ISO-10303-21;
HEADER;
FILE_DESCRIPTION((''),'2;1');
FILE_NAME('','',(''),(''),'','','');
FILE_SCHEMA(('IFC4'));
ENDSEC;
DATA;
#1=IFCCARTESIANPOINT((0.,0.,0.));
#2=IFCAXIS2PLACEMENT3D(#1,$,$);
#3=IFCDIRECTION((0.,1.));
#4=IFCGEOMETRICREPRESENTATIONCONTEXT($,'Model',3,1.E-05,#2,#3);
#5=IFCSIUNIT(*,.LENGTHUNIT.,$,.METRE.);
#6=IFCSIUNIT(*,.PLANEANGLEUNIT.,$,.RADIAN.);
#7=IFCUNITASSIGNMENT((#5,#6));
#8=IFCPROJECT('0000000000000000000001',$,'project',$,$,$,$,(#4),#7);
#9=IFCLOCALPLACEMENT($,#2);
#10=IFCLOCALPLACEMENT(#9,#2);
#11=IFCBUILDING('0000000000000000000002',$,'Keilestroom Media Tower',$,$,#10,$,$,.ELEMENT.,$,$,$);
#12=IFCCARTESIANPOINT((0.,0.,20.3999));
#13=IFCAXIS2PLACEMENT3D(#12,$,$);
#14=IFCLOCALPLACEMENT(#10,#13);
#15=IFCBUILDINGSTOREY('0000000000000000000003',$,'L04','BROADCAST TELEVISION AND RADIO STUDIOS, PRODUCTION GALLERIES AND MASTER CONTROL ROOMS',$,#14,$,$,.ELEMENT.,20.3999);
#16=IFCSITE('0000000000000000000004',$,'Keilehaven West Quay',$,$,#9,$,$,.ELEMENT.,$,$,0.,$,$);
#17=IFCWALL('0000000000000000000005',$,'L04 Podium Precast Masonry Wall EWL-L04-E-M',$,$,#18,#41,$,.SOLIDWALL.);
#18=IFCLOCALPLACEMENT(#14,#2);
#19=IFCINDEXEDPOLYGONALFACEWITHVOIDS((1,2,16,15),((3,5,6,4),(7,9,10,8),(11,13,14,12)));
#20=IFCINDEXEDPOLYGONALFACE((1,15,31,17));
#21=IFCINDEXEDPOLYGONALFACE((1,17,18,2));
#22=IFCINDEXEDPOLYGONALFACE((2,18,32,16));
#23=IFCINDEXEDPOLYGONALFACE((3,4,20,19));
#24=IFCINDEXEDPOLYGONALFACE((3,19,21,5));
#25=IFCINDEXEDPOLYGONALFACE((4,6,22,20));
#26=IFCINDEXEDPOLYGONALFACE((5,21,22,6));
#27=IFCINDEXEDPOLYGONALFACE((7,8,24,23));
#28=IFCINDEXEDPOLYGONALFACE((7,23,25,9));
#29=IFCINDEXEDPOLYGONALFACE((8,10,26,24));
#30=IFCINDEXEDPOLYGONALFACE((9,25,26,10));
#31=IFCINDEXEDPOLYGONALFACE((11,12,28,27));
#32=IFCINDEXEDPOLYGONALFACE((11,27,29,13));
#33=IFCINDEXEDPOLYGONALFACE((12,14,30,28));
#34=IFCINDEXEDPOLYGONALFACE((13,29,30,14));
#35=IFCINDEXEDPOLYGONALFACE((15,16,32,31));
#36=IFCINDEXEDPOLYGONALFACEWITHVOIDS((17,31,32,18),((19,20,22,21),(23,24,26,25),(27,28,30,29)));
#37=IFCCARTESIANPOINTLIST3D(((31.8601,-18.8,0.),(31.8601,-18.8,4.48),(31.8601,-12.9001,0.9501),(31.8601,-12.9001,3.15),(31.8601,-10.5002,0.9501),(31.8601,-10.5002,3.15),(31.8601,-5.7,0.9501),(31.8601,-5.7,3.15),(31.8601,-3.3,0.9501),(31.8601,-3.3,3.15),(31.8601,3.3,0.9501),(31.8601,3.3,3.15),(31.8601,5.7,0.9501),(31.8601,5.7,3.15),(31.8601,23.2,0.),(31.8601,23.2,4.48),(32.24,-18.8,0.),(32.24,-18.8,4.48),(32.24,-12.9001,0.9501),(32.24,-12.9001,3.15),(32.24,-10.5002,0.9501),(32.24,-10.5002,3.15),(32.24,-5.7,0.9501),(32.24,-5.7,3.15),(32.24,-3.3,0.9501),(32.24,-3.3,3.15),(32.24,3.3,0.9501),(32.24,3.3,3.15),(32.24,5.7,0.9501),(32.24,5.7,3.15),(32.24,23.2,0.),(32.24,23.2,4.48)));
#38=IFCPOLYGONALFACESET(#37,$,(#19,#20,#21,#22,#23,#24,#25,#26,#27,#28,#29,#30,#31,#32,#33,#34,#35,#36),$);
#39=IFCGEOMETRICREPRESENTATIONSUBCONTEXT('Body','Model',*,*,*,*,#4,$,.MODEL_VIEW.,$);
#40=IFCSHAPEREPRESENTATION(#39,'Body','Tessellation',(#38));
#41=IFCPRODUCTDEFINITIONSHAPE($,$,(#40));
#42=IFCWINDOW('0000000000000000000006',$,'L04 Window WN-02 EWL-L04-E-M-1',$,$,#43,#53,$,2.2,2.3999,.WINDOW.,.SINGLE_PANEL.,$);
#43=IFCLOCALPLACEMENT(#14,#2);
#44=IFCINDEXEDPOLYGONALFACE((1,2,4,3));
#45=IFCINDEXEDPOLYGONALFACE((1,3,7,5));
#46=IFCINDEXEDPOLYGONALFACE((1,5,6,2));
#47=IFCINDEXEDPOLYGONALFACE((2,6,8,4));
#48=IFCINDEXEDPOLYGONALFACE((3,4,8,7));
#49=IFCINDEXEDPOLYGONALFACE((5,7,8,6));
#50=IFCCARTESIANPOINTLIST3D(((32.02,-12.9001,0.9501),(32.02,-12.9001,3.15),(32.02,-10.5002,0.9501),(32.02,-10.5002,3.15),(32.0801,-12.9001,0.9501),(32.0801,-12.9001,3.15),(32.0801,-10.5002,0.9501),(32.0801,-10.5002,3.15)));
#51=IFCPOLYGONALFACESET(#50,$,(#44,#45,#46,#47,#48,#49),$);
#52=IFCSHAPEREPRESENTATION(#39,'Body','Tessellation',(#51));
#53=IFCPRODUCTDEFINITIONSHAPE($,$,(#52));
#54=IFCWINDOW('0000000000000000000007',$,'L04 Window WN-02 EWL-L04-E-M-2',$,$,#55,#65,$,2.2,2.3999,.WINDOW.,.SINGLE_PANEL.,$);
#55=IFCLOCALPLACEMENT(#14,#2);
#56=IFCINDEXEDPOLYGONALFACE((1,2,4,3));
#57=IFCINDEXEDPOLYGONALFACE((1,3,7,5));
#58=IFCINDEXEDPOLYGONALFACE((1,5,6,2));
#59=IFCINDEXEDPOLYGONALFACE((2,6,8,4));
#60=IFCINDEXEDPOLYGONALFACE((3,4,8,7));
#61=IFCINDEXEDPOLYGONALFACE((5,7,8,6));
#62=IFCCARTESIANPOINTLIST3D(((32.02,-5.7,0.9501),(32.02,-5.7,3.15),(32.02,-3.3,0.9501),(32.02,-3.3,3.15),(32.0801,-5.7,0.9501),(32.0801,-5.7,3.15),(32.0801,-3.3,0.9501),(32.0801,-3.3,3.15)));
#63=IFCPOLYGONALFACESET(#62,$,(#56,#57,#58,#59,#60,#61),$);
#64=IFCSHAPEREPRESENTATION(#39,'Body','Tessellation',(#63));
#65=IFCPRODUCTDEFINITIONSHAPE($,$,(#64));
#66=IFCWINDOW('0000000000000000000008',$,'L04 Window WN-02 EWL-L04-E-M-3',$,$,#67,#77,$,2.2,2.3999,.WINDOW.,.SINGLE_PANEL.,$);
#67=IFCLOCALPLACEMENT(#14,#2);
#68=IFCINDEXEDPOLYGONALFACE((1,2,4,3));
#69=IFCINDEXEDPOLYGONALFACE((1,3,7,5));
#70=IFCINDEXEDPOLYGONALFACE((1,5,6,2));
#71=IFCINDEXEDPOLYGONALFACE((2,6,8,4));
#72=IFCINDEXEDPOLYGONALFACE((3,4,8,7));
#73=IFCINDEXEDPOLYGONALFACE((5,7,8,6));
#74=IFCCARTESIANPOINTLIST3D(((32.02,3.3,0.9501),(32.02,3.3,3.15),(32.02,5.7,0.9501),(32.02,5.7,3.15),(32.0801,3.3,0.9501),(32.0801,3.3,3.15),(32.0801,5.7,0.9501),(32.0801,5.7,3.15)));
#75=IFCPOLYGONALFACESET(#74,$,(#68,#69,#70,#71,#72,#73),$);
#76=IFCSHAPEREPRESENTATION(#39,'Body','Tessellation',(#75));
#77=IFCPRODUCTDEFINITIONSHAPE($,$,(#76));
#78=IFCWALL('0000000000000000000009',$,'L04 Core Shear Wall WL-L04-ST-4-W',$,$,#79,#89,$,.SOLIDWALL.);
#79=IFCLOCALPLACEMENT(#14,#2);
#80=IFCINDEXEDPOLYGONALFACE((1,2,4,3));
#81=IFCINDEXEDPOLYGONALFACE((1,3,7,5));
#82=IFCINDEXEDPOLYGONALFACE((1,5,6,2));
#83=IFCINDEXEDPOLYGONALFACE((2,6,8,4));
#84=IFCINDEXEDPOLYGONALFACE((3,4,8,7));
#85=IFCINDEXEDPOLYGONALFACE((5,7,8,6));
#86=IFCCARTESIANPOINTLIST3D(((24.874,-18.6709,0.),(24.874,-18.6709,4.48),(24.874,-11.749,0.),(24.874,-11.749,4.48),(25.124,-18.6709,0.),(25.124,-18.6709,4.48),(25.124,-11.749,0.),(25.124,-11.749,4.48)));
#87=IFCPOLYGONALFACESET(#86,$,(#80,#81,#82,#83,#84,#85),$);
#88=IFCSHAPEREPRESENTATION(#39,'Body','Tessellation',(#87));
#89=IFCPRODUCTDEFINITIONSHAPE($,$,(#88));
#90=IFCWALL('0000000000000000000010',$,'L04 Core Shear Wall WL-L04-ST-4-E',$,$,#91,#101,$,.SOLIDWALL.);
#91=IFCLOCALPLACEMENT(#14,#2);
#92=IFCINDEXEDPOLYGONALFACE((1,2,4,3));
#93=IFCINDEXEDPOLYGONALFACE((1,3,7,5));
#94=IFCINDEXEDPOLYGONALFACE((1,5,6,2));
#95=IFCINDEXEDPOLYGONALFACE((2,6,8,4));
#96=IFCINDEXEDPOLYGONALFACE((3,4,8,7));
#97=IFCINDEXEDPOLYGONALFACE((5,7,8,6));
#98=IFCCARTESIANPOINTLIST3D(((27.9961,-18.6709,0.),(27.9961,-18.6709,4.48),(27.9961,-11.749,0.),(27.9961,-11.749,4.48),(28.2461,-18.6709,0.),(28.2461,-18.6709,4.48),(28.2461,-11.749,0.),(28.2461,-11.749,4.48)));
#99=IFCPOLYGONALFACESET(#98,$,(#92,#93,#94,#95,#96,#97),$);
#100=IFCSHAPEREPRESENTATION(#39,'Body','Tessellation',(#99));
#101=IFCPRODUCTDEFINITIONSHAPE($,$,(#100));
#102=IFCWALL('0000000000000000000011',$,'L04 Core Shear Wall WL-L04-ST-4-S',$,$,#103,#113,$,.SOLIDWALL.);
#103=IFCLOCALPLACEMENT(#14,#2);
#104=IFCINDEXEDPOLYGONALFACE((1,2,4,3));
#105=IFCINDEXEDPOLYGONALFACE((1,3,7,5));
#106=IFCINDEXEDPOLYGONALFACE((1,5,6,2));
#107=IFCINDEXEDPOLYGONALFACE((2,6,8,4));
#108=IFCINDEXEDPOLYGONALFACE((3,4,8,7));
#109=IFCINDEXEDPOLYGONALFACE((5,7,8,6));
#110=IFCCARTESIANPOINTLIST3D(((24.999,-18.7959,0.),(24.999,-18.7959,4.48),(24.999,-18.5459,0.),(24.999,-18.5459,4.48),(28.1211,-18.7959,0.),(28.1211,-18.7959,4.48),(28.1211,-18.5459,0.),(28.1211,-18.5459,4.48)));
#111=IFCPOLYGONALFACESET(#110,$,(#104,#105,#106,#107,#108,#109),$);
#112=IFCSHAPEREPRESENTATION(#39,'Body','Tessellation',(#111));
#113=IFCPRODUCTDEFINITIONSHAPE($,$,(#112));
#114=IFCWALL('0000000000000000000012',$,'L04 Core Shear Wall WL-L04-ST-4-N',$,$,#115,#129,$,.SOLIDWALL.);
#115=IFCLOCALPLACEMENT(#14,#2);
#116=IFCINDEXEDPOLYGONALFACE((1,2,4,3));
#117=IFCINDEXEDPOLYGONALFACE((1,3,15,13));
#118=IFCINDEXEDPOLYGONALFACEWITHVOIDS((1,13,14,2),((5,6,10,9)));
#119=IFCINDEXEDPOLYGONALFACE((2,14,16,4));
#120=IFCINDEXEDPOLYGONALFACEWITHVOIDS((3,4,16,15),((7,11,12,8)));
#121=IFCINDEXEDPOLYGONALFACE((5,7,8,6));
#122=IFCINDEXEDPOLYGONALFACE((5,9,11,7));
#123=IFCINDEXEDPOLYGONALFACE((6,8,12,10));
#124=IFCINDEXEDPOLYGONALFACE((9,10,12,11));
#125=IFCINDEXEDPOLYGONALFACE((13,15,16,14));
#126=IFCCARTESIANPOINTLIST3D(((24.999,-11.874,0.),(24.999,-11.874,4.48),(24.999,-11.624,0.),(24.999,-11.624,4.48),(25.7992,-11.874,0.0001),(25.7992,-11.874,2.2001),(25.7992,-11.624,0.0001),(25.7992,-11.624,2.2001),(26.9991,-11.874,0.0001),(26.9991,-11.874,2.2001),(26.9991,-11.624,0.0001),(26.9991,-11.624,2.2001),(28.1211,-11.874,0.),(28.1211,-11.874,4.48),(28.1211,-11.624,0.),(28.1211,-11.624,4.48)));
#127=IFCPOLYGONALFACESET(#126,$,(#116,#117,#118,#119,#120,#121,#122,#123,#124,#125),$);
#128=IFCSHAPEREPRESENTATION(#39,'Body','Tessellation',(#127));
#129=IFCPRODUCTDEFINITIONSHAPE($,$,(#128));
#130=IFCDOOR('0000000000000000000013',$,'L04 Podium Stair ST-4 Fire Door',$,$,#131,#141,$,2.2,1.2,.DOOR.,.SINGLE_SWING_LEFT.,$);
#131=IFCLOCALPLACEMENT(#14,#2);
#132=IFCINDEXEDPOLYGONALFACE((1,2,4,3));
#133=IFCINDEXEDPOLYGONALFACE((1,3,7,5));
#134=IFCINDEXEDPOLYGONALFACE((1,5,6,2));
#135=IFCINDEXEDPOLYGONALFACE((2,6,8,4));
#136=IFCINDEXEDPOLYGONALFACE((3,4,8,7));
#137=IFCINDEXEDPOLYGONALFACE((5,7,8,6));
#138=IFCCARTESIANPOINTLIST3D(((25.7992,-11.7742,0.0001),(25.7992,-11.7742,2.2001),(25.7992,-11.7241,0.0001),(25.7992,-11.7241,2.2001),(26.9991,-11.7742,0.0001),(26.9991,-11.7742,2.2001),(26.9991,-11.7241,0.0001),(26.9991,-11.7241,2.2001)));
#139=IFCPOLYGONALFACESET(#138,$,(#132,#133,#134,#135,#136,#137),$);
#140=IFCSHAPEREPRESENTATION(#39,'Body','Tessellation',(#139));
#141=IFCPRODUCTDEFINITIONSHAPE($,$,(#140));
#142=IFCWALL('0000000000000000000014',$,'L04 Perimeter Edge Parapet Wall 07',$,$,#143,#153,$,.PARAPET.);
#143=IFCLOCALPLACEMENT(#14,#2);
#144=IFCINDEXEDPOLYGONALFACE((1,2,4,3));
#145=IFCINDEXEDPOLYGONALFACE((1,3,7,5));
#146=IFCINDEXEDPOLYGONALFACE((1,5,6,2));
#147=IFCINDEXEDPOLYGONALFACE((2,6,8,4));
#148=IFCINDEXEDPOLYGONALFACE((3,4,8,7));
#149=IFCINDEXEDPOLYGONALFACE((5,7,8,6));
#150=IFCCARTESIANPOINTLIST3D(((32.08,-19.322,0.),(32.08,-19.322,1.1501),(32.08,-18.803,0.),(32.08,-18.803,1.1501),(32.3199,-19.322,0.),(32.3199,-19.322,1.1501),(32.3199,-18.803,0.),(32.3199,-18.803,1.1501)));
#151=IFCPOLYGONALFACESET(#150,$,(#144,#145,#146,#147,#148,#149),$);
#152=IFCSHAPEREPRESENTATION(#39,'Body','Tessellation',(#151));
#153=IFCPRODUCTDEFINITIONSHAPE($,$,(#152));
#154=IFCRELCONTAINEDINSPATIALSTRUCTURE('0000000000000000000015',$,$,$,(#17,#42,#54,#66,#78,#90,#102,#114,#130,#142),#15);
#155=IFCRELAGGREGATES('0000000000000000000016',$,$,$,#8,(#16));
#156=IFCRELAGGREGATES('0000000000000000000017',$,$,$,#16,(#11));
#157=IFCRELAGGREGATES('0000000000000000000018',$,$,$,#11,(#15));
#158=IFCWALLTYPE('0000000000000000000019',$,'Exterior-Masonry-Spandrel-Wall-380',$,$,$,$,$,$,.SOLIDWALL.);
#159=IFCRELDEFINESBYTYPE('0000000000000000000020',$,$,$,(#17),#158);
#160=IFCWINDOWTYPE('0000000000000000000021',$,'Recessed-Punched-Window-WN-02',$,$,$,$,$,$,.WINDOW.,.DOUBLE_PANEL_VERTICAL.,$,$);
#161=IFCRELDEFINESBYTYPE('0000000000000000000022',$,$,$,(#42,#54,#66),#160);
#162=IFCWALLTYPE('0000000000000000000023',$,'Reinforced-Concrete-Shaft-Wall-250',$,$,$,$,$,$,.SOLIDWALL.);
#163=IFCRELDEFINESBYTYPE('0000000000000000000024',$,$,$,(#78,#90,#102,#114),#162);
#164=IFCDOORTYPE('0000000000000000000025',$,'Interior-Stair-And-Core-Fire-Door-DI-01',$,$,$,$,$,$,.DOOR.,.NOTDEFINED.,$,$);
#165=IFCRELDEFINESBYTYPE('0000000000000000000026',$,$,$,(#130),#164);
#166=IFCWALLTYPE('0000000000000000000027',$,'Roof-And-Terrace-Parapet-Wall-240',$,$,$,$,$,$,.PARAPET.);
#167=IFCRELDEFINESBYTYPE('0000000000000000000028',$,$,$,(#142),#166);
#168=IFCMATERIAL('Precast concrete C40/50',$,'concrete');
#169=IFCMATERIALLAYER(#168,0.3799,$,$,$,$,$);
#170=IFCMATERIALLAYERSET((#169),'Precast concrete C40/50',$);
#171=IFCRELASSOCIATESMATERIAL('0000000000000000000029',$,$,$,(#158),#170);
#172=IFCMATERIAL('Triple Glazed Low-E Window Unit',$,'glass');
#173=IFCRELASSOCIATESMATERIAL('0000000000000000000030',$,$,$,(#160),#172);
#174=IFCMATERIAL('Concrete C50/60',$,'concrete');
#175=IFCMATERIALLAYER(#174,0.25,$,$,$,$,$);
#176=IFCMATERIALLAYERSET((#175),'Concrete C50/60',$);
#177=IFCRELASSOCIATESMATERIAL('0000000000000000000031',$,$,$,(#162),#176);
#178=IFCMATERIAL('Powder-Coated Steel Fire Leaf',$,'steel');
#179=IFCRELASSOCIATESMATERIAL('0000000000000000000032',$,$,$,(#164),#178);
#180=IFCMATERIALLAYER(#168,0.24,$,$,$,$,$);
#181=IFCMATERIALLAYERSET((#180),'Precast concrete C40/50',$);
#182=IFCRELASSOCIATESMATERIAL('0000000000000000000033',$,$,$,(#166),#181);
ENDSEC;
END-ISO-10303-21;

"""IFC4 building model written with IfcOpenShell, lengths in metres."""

from ifc_helpers import new_model, si_unit, direction, frame, frame_2d, origin, place, context, subcontext, project, spatial, rectangle, extrude, source, transform, mapped, material, layer, layer_set, type_object, element, fill, save


model = new_model("IFC4")

# Units and contexts
model_context = context("Model", 3, precision=1e-05, world=origin(), true_north=direction((0.0, 1.0)))
body_context = subcontext(model_context, "Body", "Model", "MODEL_VIEW")
ifc_project = project(units=[si_unit("LENGTHUNIT", "METRE"), si_unit("PLANEANGLEUNIT", "RADIAN")], contexts=[model_context])

# Site, building, storey
site_placement = place(None, origin())
site = spatial("IfcSite", under=ifc_project, at=site_placement, Name="Keilehaven West Quay", CompositionType="ELEMENT", RefElevation=0.0)
building_placement = place(site_placement, origin())
building = spatial("IfcBuilding", under=site, at=building_placement, Name="Keilestroom Media Tower", CompositionType="ELEMENT")
storey_placement = place(building_placement, frame((0.0, 0.0, 20.3999)))
storey = spatial("IfcBuildingStorey", under=building, at=storey_placement, Name="L04", Description="BROADCAST TELEVISION AND RADIO STUDIOS, PRODUCTION GALLERIES AND MASTER CONTROL ROOMS", CompositionType="ELEMENT", Elevation=20.3999)

# Shared definitions
ifc_material_1 = material(Name="Precast concrete C40/50", Category="concrete")

# Wall, openings, windows
ifc_layer_1 = layer(ifc_material_1, 0.3799)
ifc_layer_set_1 = layer_set([ifc_layer_1], Name="Precast concrete C40/50")
wall_type_1 = type_object("IfcWallType", Name="Exterior-Masonry-Spandrel-Wall-380", PredefinedType="SOLIDWALL", material=ifc_layer_set_1)
wall_1_placement = place(storey_placement, frame((32.05, -18.8, 0.0), z_axis=(0.0, 0.0, 1.0), x_axis=(0.0, 1.0, 0.0)))
wall_1 = element("IfcWall", 1, at=wall_1_placement, inside=storey, type_object=wall_type_1, Name="L04 Podium Precast Masonry Wall EWL-L04-E-M", PredefinedType="SOLIDWALL", context=body_context, shape_type="SweptSolid", body=[
    extrude(rectangle(XDim=42.0, YDim=0.3799, at=frame_2d((21.0, 0.0))), origin(), (0.0, 0.0, 1.0), 4.48),
])
opening_1_placement = place(wall_1_placement, frame((5.8999, 0.0, 0.95)))
opening_1 = element("IfcOpeningElement", 2, at=opening_1_placement, cuts=wall_1, PredefinedType="OPENING", context=body_context, shape_type="SweptSolid", body=[
    extrude(rectangle(XDim=2.3999, YDim=2.2, at=frame_2d((1.2, 1.1001))), frame((0.0, 0.2, 0.0), z_axis=(0.0, -1.0, 0.0), x_axis=(1.0, 0.0, 0.0)), (0.0, 0.0, 1.0), 0.3999),
])
opening_2_placement = place(wall_1_placement, frame((13.1001, 0.0, 0.95)))
opening_2 = element("IfcOpeningElement", 3, at=opening_2_placement, cuts=wall_1, PredefinedType="OPENING", context=body_context, shape_type="SweptSolid", body=[
    extrude(rectangle(XDim=2.3999, YDim=2.2, at=frame_2d((1.2, 1.1001))), frame((0.0, 0.2, 0.0), z_axis=(0.0, -1.0, 0.0), x_axis=(1.0, 0.0, 0.0)), (0.0, 0.0, 1.0), 0.3999),
])
opening_3_placement = place(wall_1_placement, frame((22.1001, 0.0, 0.95)))
opening_3 = element("IfcOpeningElement", 4, at=opening_3_placement, cuts=wall_1, PredefinedType="OPENING", context=body_context, shape_type="SweptSolid", body=[
    extrude(rectangle(XDim=2.3999, YDim=2.2, at=frame_2d((1.2, 1.1001))), frame((0.0, 0.2, 0.0), z_axis=(0.0, -1.0, 0.0), x_axis=(1.0, 0.0, 0.0)), (0.0, 0.0, 1.0), 0.3999),
])
ifc_material_2 = material(Name="Triple Glazed Low-E Window Unit", Category="glass")
window_type = type_object("IfcWindowType", Name="Recessed-Punched-Window-WN-02", PartitioningType="DOUBLE_PANEL_VERTICAL", PredefinedType="WINDOW", material=ifc_material_2)
shared_shape_1 = source(origin(), body_context, "Body", "SweptSolid", [
    extrude(rectangle(XDim=2.3999, YDim=2.2, at=frame_2d((1.2, 1.1001))), frame((0.0, 0.03, 0.0), z_axis=(0.0, -1.0, 0.0), x_axis=(1.0, 0.0, 0.0)), (0.0, 0.0, 1.0), 0.0601),
])
window_1_placement = place(opening_1_placement, origin())
window_1 = element("IfcWindow", 5, at=window_1_placement, inside=storey, type_object=window_type, Name="L04 Window WN-02 EWL-L04-E-M-1", OverallHeight=2.2, OverallWidth=2.3999, PartitioningType="SINGLE_PANEL", PredefinedType="WINDOW", context=body_context, shape_type="MappedRepresentation", body=[
    mapped(shared_shape_1, transform((0.0, 0.0, 0.0), x_axis=(1.0, 0.0, 0.0), y_axis=(0.0, 1.0, 0.0), z_axis=(0.0, 0.0, 1.0), scale=1.0)),
])
fill(opening_1, window_1)
window_2_placement = place(opening_2_placement, origin())
window_2 = element("IfcWindow", 6, at=window_2_placement, inside=storey, type_object=window_type, Name="L04 Window WN-02 EWL-L04-E-M-2", OverallHeight=2.2, OverallWidth=2.3999, PartitioningType="SINGLE_PANEL", PredefinedType="WINDOW", context=body_context, shape_type="MappedRepresentation", body=[
    mapped(shared_shape_1, transform((0.0, 0.0, 0.0), x_axis=(1.0, 0.0, 0.0), y_axis=(0.0, 1.0, 0.0), z_axis=(0.0, 0.0, 1.0), scale=1.0)),
])
fill(opening_2, window_2)
window_3_placement = place(opening_3_placement, origin())
window_3 = element("IfcWindow", 7, at=window_3_placement, inside=storey, type_object=window_type, Name="L04 Window WN-02 EWL-L04-E-M-3", OverallHeight=2.2, OverallWidth=2.3999, PartitioningType="SINGLE_PANEL", PredefinedType="WINDOW", context=body_context, shape_type="MappedRepresentation", body=[
    mapped(shared_shape_1, transform((0.0, 0.0, 0.0), x_axis=(1.0, 0.0, 0.0), y_axis=(0.0, 1.0, 0.0), z_axis=(0.0, 0.0, 1.0), scale=1.0)),
])
fill(opening_3, window_3)

# Walls
ifc_material_3 = material(Name="Concrete C50/60", Category="concrete")
ifc_layer_2 = layer(ifc_material_3, 0.25)
ifc_layer_set_2 = layer_set([ifc_layer_2], Name="Concrete C50/60")
wall_type_2 = type_object("IfcWallType", Name="Reinforced-Concrete-Shaft-Wall-250", PredefinedType="SOLIDWALL", material=ifc_layer_set_2)
for number, where, z_axis, x_axis, name in (
    (8, (24.999, -18.6709, 0.0), (0.0, 0.0, 1.0), (0.0, 1.0, 0.0), "L04 Core Shear Wall WL-L04-ST-4-W"),
    (9, (28.1211, -18.6709, 0.0), (0.0, 0.0, 1.0), (0.0, 1.0, 0.0), "L04 Core Shear Wall WL-L04-ST-4-E"),
):
    element("IfcWall", number, at=place(storey_placement, frame(where, z_axis=z_axis, x_axis=x_axis)), inside=storey, type_object=wall_type_2, Name=name, PredefinedType="SOLIDWALL", context=body_context, shape_type="SweptSolid", body=[
        extrude(rectangle(XDim=6.9219, YDim=0.25, at=frame_2d((3.4609, 0.0))), origin(), (0.0, 0.0, 1.0), 4.48),
    ])
wall_2_placement = place(storey_placement, frame((24.999, -18.6709, 0.0), z_axis=(0.0, 0.0, 1.0), x_axis=(1.0, 0.0, 0.0)))
element("IfcWall", 10, at=wall_2_placement, inside=storey, type_object=wall_type_2, Name="L04 Core Shear Wall WL-L04-ST-4-S", PredefinedType="SOLIDWALL", context=body_context, shape_type="SweptSolid", body=[
    extrude(rectangle(XDim=3.1221, YDim=0.25, at=frame_2d((1.561, 0.0))), origin(), (0.0, 0.0, 1.0), 4.48),
])

# Wall, opening, door
wall_3_placement = place(storey_placement, frame((24.999, -11.749, 0.0), z_axis=(0.0, 0.0, 1.0), x_axis=(1.0, 0.0, 0.0)))
wall_3 = element("IfcWall", 11, at=wall_3_placement, inside=storey, type_object=wall_type_2, Name="L04 Core Shear Wall WL-L04-ST-4-N", PredefinedType="SOLIDWALL", context=body_context, shape_type="SweptSolid", body=[
    extrude(rectangle(XDim=3.1221, YDim=0.25, at=frame_2d((1.561, 0.0))), origin(), (0.0, 0.0, 1.0), 4.48),
])
opening_4_placement = place(wall_3_placement, frame((0.8, 0.0, 0.0)))
opening_4 = element("IfcOpeningElement", 12, at=opening_4_placement, cuts=wall_3, PredefinedType="OPENING", context=body_context, shape_type="SweptSolid", body=[
    extrude(rectangle(XDim=1.2, YDim=2.2, at=frame_2d((0.6001, 1.1001))), frame((0.0, 0.135, 0.0), z_axis=(0.0, -1.0, 0.0), x_axis=(1.0, 0.0, 0.0)), (0.0, 0.0, 1.0), 0.27),
])
ifc_material_4 = material(Name="Powder-Coated Steel Fire Leaf", Category="steel")
door_type = type_object("IfcDoorType", Name="Interior-Stair-And-Core-Fire-Door-DI-01", OperationType="NOTDEFINED", PredefinedType="DOOR", material=ifc_material_4)
shared_shape_2 = source(origin(), body_context, "Body", "SweptSolid", [
    extrude(rectangle(XDim=1.2, YDim=2.2, at=frame_2d((0.6001, 1.1001))), frame((0.0, 0.0249, 0.0), z_axis=(0.0, -1.0, 0.0), x_axis=(1.0, 0.0, 0.0)), (0.0, 0.0, 1.0), 0.05),
])
door_placement = place(opening_4_placement, origin())
door = element("IfcDoor", 13, at=door_placement, inside=storey, type_object=door_type, Name="L04 Podium Stair ST-4 Fire Door", OperationType="SINGLE_SWING_LEFT", OverallHeight=2.2, OverallWidth=1.2, PredefinedType="DOOR", context=body_context, shape_type="MappedRepresentation", body=[
    mapped(shared_shape_2, transform((0.0, 0.0, 0.0), x_axis=(1.0, 0.0, 0.0), y_axis=(0.0, 1.0, 0.0), z_axis=(0.0, 0.0, 1.0), scale=1.0)),
])
fill(opening_4, door)

# Wall
ifc_layer_3 = layer(ifc_material_1, 0.24)
ifc_layer_set_3 = layer_set([ifc_layer_3], Name="Precast concrete C40/50")
wall_type_3 = type_object("IfcWallType", Name="Roof-And-Terrace-Parapet-Wall-240", PredefinedType="PARAPET", material=ifc_layer_set_3)
wall_4_placement = place(storey_placement, frame((32.2, -18.803, 0.0), z_axis=(0.0, 0.0, 1.0), x_axis=(0.0, -1.0, 0.0)))
element("IfcWall", 14, at=wall_4_placement, inside=storey, type_object=wall_type_3, Name="L04 Perimeter Edge Parapet Wall 07", PredefinedType="PARAPET", context=body_context, shape_type="SweptSolid", body=[
    extrude(rectangle(XDim=0.519, YDim=0.24, at=frame_2d((0.2595, 0.0))), origin(), (0.0, 0.0, 1.0), 1.1501),
])

save(model, "model.ifc")
